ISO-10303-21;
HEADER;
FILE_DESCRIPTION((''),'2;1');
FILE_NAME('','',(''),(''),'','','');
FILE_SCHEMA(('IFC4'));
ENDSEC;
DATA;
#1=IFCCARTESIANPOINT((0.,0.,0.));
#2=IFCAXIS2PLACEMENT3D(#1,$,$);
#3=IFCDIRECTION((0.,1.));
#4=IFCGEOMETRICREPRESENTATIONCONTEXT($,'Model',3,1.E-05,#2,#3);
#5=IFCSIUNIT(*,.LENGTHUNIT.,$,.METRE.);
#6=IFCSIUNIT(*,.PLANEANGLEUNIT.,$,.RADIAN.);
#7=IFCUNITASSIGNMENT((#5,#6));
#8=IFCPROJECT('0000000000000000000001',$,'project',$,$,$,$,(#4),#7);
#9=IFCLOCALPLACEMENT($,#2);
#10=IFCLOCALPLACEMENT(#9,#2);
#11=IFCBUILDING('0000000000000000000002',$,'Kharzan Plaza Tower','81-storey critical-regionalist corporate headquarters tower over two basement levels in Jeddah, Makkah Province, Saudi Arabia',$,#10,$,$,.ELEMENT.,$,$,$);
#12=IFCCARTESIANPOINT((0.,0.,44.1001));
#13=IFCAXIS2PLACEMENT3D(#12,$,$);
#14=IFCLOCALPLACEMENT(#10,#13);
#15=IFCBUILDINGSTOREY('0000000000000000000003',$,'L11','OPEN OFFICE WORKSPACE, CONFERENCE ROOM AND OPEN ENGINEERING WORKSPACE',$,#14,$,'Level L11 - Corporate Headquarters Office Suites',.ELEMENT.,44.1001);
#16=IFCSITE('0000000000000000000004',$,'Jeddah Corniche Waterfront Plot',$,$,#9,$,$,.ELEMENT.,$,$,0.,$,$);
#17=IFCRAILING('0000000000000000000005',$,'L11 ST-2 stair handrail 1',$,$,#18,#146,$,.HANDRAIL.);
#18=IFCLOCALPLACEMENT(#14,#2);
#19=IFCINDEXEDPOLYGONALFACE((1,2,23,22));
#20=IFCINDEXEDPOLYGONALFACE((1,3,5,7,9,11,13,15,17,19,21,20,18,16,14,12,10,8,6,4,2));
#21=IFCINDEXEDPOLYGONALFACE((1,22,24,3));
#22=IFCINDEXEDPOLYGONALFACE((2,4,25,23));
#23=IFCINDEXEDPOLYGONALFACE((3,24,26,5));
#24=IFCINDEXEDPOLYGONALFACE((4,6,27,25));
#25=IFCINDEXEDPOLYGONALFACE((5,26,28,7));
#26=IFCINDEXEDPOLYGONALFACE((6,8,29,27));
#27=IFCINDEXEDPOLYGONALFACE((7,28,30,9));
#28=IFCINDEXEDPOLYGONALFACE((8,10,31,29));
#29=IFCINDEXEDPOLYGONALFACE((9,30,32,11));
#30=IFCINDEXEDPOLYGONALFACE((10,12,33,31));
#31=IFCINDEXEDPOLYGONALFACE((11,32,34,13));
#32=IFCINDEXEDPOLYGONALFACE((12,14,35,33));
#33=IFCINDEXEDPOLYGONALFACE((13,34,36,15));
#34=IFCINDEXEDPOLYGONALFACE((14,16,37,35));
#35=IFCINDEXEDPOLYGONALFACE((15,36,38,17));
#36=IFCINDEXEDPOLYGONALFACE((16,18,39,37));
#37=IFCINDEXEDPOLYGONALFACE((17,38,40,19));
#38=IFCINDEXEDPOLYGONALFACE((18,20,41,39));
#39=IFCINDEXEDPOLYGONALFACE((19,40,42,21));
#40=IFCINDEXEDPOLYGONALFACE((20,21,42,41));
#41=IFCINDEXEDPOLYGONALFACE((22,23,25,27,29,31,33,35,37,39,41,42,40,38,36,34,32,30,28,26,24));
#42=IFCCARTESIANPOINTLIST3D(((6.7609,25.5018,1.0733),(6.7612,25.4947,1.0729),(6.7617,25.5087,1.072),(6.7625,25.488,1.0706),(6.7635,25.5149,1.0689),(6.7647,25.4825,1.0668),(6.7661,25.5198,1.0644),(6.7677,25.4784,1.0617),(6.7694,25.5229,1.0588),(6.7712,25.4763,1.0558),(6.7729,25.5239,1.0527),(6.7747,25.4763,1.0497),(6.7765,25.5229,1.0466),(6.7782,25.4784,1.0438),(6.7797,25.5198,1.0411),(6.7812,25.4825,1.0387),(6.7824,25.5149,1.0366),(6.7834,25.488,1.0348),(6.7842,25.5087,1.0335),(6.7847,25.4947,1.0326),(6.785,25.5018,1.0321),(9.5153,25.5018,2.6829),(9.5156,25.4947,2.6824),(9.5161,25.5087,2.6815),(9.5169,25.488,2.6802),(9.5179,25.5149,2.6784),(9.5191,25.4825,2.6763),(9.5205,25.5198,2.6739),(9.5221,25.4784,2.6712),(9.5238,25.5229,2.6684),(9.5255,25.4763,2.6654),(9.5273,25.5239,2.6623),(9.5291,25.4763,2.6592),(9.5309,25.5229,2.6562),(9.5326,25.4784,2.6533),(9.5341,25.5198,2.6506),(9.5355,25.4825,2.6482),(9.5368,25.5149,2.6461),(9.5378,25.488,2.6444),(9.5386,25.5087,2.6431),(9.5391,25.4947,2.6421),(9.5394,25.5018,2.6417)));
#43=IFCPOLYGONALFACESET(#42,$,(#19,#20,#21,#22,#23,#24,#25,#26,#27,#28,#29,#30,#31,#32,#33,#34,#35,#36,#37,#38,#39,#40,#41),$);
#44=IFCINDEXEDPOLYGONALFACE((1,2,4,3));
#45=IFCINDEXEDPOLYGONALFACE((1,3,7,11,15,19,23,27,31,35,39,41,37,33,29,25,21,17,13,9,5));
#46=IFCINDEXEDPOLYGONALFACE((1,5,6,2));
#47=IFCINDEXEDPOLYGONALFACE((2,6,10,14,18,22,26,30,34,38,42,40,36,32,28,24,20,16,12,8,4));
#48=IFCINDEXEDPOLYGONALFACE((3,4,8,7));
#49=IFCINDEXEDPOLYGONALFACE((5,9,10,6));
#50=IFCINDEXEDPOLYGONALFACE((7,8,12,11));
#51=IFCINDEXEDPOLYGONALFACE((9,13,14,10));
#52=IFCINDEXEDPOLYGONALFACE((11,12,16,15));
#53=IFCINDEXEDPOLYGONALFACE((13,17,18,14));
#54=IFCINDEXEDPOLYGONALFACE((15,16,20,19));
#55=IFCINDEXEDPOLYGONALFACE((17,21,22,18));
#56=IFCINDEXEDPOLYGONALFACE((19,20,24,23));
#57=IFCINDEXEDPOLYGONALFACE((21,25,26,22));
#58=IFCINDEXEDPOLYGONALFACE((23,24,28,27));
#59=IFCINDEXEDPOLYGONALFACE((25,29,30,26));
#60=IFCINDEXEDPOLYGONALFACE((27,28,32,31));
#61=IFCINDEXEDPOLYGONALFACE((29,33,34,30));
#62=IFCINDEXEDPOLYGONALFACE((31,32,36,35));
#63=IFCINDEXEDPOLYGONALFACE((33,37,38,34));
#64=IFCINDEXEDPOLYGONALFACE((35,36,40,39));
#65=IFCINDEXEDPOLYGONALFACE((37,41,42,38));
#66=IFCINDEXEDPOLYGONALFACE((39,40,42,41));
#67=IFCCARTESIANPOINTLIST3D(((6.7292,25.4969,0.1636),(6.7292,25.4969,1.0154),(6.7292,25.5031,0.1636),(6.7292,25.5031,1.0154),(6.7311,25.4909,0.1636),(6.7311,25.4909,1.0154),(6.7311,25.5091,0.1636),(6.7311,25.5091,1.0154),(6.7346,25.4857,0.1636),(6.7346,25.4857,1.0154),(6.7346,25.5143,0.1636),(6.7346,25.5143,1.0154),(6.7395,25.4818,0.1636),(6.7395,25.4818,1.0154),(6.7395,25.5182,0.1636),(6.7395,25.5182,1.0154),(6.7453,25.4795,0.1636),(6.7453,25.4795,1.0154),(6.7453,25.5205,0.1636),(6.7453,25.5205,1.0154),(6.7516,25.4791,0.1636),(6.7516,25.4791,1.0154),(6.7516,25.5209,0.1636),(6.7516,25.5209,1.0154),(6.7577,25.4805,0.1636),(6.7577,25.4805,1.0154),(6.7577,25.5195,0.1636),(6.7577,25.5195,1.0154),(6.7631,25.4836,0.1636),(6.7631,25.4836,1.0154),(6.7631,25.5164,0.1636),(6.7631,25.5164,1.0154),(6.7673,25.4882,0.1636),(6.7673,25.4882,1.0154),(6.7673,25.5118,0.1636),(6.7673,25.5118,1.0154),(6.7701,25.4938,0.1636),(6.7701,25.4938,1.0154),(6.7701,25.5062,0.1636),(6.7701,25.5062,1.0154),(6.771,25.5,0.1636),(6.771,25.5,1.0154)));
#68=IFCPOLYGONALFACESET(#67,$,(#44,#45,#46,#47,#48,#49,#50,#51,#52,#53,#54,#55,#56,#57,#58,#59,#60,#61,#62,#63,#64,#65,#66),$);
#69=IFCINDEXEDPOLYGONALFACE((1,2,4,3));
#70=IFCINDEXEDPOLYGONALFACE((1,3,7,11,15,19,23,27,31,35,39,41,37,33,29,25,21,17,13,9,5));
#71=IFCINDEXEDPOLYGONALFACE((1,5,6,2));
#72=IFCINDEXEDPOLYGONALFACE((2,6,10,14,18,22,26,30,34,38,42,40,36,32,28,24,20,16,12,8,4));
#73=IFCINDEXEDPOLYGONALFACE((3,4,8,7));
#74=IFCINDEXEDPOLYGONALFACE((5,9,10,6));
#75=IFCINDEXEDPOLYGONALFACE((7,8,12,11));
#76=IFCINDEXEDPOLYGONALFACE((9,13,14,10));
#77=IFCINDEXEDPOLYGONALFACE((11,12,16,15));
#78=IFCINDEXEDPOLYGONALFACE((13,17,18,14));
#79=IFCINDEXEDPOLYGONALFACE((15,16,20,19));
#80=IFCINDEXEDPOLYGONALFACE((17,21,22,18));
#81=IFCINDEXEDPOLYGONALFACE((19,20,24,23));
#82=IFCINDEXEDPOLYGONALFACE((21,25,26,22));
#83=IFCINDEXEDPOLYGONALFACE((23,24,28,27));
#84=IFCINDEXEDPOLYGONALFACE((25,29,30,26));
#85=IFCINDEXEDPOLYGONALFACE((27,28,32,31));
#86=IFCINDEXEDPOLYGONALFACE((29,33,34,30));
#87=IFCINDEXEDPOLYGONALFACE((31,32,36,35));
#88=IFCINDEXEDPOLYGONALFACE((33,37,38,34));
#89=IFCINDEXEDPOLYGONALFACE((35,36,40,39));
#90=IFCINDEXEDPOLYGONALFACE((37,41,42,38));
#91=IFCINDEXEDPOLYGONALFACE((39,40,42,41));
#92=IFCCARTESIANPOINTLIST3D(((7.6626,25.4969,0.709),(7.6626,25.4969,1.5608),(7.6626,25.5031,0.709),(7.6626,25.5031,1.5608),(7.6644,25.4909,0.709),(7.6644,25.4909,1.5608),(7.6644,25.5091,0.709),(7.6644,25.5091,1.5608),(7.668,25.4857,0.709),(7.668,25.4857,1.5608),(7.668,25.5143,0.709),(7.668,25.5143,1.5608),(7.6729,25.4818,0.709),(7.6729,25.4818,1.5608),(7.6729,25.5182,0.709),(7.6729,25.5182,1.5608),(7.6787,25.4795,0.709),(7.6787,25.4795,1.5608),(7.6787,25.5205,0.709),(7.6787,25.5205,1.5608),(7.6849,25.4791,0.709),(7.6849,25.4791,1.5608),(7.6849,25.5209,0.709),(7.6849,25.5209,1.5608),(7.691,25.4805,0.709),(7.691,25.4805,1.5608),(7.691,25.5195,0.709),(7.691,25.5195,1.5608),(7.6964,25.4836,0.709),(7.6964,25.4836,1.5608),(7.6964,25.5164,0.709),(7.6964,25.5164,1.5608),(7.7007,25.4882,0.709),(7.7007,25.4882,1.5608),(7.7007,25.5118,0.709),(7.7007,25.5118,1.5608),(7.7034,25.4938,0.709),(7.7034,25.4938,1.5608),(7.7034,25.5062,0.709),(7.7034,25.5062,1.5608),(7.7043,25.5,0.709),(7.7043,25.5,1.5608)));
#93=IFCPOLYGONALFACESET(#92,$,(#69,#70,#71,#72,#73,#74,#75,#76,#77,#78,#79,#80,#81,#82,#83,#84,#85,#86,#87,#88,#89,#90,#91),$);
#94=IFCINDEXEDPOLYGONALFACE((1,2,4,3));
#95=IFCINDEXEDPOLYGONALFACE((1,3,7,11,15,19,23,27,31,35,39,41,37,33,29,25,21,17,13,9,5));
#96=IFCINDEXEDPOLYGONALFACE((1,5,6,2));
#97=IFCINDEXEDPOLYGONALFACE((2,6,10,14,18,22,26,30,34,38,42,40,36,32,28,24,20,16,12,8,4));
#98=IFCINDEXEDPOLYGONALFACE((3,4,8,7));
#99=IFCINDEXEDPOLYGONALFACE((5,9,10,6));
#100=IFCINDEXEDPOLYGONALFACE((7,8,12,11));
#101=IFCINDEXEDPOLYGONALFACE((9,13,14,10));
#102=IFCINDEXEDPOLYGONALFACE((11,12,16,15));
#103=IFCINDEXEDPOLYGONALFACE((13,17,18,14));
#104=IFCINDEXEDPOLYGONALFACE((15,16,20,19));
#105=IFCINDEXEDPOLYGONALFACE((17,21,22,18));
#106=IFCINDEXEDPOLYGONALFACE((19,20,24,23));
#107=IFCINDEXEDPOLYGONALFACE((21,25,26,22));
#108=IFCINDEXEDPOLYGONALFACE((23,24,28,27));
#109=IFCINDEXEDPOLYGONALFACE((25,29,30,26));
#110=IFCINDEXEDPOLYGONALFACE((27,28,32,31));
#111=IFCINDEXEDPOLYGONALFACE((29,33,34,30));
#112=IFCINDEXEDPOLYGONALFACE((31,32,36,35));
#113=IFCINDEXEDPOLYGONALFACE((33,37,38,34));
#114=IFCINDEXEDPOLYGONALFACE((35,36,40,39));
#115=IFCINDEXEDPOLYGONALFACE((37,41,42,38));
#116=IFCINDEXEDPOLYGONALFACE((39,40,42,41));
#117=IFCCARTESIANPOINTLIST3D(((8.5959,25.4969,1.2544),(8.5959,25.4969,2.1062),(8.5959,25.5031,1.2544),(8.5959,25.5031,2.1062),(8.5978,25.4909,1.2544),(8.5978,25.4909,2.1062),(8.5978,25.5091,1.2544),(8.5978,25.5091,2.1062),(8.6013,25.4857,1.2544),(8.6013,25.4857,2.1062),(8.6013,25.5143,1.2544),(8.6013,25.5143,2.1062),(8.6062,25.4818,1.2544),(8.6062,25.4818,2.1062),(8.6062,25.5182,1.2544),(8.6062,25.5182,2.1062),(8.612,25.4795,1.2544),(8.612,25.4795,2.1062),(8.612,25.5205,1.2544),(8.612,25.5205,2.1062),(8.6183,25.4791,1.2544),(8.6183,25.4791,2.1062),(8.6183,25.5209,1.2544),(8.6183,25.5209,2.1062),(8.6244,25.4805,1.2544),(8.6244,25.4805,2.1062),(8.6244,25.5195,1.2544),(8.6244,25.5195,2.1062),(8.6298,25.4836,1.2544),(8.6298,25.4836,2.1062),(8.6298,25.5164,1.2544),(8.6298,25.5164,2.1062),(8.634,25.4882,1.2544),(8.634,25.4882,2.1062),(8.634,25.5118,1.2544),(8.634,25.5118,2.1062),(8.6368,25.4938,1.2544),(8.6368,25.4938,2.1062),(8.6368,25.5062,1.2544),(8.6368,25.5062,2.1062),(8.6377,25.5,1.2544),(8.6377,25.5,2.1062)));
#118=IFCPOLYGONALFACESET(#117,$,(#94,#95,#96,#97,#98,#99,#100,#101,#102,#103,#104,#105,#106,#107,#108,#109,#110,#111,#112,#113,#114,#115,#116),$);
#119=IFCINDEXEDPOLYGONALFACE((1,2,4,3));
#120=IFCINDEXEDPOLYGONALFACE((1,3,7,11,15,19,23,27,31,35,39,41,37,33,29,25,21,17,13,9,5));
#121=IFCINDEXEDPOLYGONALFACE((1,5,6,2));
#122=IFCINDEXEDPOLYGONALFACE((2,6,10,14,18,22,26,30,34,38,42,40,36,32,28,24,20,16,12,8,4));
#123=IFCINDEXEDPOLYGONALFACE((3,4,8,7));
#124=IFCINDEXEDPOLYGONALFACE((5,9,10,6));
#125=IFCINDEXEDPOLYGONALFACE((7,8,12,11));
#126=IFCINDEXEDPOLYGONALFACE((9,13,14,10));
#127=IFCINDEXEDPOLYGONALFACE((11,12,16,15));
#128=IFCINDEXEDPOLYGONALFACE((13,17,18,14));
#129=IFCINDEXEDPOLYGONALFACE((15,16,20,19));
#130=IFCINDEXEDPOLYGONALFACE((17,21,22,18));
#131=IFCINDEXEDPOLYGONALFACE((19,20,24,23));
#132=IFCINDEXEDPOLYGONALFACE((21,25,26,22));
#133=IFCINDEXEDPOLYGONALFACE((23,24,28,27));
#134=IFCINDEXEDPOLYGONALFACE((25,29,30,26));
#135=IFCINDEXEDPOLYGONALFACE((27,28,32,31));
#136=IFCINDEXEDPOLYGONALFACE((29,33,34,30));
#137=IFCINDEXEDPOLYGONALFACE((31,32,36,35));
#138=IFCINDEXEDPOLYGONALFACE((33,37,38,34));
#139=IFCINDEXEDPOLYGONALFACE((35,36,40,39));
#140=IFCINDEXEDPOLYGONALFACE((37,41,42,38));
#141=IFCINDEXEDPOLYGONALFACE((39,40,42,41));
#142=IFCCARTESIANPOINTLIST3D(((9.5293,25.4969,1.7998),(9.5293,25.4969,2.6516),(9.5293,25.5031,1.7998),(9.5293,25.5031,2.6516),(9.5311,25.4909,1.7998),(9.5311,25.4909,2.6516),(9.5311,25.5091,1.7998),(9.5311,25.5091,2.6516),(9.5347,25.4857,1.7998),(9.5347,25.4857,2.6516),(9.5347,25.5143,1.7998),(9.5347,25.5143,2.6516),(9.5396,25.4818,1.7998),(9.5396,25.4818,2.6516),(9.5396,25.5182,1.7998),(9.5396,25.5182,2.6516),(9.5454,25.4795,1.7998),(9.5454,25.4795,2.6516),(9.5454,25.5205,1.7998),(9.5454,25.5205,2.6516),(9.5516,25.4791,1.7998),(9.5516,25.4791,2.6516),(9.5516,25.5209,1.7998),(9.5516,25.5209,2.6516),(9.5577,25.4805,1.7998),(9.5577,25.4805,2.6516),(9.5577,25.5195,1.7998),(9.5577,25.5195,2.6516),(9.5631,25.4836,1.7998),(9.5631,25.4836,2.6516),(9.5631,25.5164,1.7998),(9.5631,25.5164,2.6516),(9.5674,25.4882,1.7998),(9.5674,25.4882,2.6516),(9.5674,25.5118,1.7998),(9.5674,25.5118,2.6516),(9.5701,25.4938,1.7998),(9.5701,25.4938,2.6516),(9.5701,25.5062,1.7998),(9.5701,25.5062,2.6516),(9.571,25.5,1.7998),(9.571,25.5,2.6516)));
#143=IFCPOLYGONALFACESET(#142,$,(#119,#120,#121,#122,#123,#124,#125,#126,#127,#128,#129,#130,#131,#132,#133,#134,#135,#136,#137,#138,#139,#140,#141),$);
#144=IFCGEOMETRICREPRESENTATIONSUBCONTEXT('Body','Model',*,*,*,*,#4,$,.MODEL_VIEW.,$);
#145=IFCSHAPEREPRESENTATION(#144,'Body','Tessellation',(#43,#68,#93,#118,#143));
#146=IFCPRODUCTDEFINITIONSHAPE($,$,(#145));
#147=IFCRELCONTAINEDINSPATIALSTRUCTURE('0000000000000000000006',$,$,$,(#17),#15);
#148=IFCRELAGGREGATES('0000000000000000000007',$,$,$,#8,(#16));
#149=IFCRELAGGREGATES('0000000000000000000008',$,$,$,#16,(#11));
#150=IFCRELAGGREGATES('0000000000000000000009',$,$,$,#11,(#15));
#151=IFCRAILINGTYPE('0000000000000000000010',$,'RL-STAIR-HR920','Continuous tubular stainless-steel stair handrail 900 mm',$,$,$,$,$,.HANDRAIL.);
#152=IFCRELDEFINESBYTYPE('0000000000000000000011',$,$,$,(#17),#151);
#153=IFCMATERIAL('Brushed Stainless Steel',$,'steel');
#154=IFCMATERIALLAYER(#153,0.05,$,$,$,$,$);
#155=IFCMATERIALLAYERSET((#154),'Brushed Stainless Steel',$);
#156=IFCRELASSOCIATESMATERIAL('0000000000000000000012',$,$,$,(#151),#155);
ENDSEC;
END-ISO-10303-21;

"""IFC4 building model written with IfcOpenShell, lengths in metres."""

from ifc_helpers import new_model, si_unit, direction, frame, origin, origin_2d, place, context, subcontext, project, spatial, circle, extrude, source, transform, mapped, material, layer, layer_set, type_object, element, save


model = new_model("IFC4")

# Units and contexts
model_context = context("Model", 3, precision=1e-05, world=origin(), true_north=direction((0.0, 1.0)))
body_context = subcontext(model_context, "Body", "Model", "MODEL_VIEW")
ifc_project = project(units=[si_unit("LENGTHUNIT", "METRE"), si_unit("PLANEANGLEUNIT", "RADIAN")], contexts=[model_context])

# Site, building, storey
site_placement = place(None, origin())
site = spatial("IfcSite", under=ifc_project, at=site_placement, Name="Jeddah Corniche Waterfront Plot", CompositionType="ELEMENT", RefElevation=0.0)
building_placement = place(site_placement, origin())
building = spatial("IfcBuilding", under=site, at=building_placement, Name="Kharzan Plaza Tower", Description="81-storey critical-regionalist corporate headquarters tower over two basement levels in Jeddah, Makkah Province, Saudi Arabia", CompositionType="ELEMENT")
storey_placement = place(building_placement, frame((0.0, 0.0, 44.1001)))
storey = spatial("IfcBuildingStorey", under=building, at=storey_placement, Name="L11", Description="OPEN OFFICE WORKSPACE, CONFERENCE ROOM AND OPEN ENGINEERING WORKSPACE", LongName="Level L11 - Corporate Headquarters Office Suites", CompositionType="ELEMENT", Elevation=44.1001)

# Railing
ifc_material_1 = material(Name="Brushed Stainless Steel", Category="steel")
ifc_layer_1 = layer(ifc_material_1, 0.05)
ifc_layer_set_1 = layer_set([ifc_layer_1], Name="Brushed Stainless Steel")
railing_type_1 = type_object("IfcRailingType", Name="RL-STAIR-HR920", Description="Continuous tubular stainless-steel stair handrail 900 mm", PredefinedType="HANDRAIL", material=ifc_layer_set_1)
shared_shape_1 = source(origin(), body_context, "Body", "SweptSolid", [
    extrude(circle(Radius=0.0239, at=origin_2d()), frame((0.0229, 0.0, 0.8892), z_axis=(0.863394, 0.0, 0.504531), x_axis=(0.0, 1.0, 0.0)), (0.0, 0.0, 1.0), 3.1902),
    extrude(circle(Radius=0.021, at=origin_2d()), origin(), (0.0, 0.0, 1.0), 0.8518),
    extrude(circle(Radius=0.021, at=origin_2d()), frame((0.9333, 0.0, 0.5454)), (0.0, 0.0, 1.0), 0.8518),
    extrude(circle(Radius=0.021, at=origin_2d()), frame((1.8667, 0.0, 1.0908)), (0.0, 0.0, 1.0), 0.8518),
    extrude(circle(Radius=0.021, at=origin_2d()), frame((2.8, 0.0, 1.6362)), (0.0, 0.0, 1.0), 0.8518),
])
railing_1_placement = place(storey_placement, frame((6.75, 25.5, 0.1636)))
element("IfcRailing", 1, at=railing_1_placement, inside=storey, type_object=railing_type_1, Name="L11 ST-2 stair handrail 1", PredefinedType="HANDRAIL", context=body_context, shape_type="MappedRepresentation", body=[
    mapped(shared_shape_1, transform((0.0, 0.0, 0.0), x_axis=(1.0, 0.0, 0.0), y_axis=(0.0, 1.0, 0.0), z_axis=(0.0, 0.0, 1.0))),
])

save(model, "model.ifc")
